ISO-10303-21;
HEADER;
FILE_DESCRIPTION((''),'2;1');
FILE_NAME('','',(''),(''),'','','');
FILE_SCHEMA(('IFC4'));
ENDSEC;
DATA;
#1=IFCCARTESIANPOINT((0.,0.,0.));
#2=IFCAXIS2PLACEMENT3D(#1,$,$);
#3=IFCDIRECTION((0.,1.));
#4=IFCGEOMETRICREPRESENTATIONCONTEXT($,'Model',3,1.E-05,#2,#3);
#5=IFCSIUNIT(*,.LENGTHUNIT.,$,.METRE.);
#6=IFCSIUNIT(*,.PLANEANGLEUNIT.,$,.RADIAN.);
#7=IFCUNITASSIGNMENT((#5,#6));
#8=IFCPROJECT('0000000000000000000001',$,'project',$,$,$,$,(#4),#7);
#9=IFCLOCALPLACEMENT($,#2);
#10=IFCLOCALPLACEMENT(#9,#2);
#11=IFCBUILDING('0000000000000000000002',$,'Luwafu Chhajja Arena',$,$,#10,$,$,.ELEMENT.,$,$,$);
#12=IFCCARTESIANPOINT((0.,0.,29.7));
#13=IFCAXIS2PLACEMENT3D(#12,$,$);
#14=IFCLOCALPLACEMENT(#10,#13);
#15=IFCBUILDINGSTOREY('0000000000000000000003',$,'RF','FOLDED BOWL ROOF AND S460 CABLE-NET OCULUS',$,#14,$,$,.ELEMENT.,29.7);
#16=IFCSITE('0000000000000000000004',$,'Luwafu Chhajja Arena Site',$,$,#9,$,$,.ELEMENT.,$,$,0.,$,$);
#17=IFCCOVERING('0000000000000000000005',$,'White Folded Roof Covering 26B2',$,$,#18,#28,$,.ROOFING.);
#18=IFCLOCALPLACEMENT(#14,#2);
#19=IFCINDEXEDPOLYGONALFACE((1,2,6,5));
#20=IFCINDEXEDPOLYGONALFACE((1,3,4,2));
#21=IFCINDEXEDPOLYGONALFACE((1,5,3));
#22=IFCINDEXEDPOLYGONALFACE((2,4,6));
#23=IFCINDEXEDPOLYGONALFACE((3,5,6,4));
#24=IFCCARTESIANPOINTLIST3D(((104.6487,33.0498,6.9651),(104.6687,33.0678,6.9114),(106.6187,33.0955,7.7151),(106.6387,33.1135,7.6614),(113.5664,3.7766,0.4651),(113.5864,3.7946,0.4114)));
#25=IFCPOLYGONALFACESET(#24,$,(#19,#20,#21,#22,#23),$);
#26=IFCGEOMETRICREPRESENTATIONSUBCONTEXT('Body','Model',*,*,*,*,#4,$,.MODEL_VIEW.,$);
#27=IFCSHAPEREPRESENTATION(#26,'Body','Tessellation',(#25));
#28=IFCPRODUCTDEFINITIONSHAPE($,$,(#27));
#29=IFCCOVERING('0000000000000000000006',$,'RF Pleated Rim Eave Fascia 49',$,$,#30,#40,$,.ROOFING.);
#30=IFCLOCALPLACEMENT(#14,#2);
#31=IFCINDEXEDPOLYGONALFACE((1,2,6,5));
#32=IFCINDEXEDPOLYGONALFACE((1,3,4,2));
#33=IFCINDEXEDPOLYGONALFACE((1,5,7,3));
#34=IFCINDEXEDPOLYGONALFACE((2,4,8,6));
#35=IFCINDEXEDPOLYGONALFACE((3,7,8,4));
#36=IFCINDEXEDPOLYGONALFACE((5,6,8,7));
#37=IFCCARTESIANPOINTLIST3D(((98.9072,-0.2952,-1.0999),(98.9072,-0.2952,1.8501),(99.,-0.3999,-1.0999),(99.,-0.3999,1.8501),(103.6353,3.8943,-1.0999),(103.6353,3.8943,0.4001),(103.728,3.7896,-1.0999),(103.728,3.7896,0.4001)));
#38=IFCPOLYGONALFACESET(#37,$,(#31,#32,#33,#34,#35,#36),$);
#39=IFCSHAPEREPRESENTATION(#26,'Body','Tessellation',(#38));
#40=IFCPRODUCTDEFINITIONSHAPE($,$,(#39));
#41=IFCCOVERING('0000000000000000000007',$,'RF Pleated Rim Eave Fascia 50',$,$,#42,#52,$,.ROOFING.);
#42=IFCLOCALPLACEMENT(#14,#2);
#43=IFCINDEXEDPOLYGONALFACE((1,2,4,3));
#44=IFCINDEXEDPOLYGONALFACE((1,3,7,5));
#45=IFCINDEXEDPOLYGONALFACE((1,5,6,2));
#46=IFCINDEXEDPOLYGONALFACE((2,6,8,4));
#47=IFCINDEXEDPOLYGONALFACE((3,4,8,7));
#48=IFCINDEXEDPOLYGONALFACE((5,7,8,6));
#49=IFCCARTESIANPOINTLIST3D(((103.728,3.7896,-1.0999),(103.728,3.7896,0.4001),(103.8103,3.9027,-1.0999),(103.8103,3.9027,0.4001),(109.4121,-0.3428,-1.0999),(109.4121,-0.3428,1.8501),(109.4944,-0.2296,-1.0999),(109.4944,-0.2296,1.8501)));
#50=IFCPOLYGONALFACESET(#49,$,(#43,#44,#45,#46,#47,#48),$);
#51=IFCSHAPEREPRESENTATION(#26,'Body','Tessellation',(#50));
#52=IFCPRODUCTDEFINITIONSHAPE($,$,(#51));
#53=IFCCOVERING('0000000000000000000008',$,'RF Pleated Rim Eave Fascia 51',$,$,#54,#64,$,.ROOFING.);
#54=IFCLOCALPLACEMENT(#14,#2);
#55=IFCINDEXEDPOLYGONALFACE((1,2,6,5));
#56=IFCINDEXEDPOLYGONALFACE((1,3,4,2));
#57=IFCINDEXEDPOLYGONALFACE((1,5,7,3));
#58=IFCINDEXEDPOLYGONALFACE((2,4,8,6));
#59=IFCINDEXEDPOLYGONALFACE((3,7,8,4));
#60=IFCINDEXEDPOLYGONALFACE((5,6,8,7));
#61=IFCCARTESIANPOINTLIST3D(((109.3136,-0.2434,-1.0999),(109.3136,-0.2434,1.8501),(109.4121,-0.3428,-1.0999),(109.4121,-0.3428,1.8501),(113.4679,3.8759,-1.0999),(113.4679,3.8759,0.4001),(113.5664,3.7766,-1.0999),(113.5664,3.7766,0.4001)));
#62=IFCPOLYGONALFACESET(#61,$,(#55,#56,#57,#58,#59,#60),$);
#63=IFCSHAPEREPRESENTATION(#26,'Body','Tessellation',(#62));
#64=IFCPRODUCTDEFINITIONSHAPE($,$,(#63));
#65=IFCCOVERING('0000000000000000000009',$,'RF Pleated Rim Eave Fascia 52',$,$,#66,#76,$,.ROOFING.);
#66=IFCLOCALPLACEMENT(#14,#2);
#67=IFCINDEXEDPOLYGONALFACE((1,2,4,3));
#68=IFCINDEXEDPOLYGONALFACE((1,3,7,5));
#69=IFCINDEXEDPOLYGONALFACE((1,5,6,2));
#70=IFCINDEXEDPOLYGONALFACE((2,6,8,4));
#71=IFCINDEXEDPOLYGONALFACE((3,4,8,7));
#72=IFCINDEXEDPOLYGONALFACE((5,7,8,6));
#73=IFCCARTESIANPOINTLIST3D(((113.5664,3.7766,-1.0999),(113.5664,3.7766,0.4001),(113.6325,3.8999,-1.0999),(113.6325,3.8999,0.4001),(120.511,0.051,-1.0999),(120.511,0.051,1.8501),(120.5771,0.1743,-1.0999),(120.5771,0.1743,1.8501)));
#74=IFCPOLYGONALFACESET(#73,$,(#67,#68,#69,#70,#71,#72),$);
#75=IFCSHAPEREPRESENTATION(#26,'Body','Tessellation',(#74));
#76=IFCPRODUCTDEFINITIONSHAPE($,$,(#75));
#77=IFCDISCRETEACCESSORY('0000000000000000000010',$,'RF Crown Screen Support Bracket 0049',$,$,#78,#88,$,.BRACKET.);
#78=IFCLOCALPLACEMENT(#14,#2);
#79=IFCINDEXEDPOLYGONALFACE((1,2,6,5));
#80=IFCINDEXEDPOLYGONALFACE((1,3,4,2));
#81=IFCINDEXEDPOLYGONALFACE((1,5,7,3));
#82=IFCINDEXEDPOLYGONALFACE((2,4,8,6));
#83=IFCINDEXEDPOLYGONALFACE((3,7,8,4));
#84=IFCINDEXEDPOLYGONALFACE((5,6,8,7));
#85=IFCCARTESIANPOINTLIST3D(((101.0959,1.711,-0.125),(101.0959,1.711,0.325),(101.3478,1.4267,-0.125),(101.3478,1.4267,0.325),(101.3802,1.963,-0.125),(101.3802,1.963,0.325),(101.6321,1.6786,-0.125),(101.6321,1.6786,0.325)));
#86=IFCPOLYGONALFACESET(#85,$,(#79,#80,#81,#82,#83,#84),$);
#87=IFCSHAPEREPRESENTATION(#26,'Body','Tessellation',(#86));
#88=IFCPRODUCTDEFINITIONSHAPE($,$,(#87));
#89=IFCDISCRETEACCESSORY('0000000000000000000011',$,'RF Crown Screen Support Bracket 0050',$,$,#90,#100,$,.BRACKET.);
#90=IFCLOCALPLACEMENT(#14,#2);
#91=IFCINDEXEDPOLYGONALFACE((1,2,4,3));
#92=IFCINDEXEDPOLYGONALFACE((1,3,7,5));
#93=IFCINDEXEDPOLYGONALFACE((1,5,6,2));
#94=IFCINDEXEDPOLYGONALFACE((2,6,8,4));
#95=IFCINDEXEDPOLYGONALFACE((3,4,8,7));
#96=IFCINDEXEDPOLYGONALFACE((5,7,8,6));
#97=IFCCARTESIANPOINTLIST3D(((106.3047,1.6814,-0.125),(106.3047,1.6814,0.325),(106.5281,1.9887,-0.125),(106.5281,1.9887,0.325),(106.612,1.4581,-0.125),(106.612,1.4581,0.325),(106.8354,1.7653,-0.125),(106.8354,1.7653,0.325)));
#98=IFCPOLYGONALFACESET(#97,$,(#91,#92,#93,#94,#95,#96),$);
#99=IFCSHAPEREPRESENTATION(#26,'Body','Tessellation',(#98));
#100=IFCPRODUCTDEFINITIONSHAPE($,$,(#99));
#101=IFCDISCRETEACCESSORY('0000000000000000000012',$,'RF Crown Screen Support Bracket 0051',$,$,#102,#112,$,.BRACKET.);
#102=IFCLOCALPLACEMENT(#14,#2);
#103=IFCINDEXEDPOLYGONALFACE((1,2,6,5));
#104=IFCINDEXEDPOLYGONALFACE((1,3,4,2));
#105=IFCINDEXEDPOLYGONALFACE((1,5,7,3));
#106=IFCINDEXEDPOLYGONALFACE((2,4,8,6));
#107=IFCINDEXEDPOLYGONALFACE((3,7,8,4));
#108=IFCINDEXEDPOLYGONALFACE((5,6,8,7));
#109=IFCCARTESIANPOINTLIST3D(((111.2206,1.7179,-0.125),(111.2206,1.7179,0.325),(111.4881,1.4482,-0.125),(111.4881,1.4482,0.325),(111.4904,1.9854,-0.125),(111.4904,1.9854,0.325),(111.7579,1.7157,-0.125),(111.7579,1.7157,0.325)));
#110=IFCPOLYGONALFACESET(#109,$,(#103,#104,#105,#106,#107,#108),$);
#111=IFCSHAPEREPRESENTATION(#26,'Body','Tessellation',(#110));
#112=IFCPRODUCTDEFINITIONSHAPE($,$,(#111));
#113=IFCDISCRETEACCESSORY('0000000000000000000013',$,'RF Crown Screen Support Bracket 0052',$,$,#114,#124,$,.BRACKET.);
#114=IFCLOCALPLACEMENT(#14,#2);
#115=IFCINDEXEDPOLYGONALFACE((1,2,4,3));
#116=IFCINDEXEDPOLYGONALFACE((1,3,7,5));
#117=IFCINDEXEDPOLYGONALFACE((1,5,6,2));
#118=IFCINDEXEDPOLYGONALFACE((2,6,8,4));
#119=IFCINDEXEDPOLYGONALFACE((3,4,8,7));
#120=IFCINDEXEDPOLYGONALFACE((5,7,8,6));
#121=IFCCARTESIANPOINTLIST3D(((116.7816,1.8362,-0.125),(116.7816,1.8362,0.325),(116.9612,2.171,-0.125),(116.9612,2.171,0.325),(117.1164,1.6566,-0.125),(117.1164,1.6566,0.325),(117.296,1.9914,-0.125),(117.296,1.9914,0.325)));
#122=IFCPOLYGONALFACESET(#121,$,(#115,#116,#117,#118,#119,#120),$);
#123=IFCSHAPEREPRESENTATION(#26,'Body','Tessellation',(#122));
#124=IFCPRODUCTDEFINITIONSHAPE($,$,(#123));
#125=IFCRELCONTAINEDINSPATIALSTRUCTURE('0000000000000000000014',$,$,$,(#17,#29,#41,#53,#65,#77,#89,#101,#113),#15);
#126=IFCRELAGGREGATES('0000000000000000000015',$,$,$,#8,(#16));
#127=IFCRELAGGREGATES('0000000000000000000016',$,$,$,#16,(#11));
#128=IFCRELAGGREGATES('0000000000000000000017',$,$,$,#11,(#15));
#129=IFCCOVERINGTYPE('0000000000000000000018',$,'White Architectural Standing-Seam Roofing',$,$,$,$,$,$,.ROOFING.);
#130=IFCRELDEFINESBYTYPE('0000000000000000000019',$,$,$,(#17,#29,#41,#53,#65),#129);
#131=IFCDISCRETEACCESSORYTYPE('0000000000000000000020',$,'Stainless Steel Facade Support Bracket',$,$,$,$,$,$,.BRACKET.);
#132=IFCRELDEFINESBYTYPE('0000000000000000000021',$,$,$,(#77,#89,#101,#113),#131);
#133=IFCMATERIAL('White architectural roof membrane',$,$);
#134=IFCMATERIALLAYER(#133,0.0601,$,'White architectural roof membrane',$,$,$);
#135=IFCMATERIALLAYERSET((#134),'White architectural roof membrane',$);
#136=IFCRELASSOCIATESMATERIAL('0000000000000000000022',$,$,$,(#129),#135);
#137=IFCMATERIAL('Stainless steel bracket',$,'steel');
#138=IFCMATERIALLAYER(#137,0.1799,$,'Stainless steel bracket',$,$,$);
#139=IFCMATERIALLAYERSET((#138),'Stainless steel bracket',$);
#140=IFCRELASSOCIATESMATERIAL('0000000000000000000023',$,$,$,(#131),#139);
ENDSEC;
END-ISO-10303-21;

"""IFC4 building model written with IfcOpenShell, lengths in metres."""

from ifc_helpers import new_model, si_unit, direction, frame, origin, origin_2d, place, context, subcontext, project, spatial, polyline, rectangle, outline, extrude, material, layer, layer_set, type_object, element, save


model = new_model("IFC4")

# Units and contexts
model_context = context("Model", 3, precision=1e-05, world=origin(), true_north=direction((0.0, 1.0)))
body_context = subcontext(model_context, "Body", "Model", "MODEL_VIEW")
ifc_project = project(units=[si_unit("LENGTHUNIT", "METRE"), si_unit("PLANEANGLEUNIT", "RADIAN")], contexts=[model_context])

# Site, building, storey
site_placement = place(None, origin())
site = spatial("IfcSite", under=ifc_project, at=site_placement, Name="Luwafu Chhajja Arena Site", CompositionType="ELEMENT", RefElevation=0.0)
building_placement = place(site_placement, origin())
building = spatial("IfcBuilding", under=site, at=building_placement, Name="Luwafu Chhajja Arena", CompositionType="ELEMENT")
storey_placement = place(building_placement, frame((0.0, 0.0, 29.7)))
storey = spatial("IfcBuildingStorey", under=building, at=storey_placement, Name="RF", Description="FOLDED BOWL ROOF AND S460 CABLE-NET OCULUS", CompositionType="ELEMENT", Elevation=29.7)

# Coverings
ifc_material_1 = material(Name="White architectural roof membrane")
ifc_layer_1 = layer(ifc_material_1, 0.0601, Name="White architectural roof membrane")
ifc_layer_set_1 = layer_set([ifc_layer_1], Name="White architectural roof membrane")
covering_type = type_object("IfcCoveringType", Name="White Architectural Standing-Seam Roofing", PredefinedType="ROOFING", material=ifc_layer_set_1)
covering_1_placement = place(storey_placement, frame((113.5664, 3.7766, 0.4651), z_axis=(-0.333332, -0.300011, 0.893802), x_axis=(-0.224188, 0.946051, 0.233941)))
element("IfcCovering", 1, at=covering_1_placement, inside=storey, type_object=covering_type, Name="White Folded Roof Covering 26B2", PredefinedType="ROOFING", context=body_context, shape_type="SweptSolid", body=[
    extrude(outline(polyline([(0.0, 0.0), (30.9908, 0.0), (31.2138, 2.0966), (0.0, 0.0)])), origin(), (0.0, 0.0, -1.0), 0.0601),
])
covering_2_placement = place(storey_placement, frame((99.0, -0.3999, -1.0999), z_axis=(0.663192, -0.748449, 0.0), x_axis=(0.748449, 0.663192, 0.0)))
element("IfcCovering", 2, at=covering_2_placement, inside=storey, type_object=covering_type, Name="RF Pleated Rim Eave Fascia 49", PredefinedType="ROOFING", context=body_context, shape_type="SweptSolid", body=[
    extrude(outline(polyline([(0.0, 0.0), (6.3171, 0.0), (6.3171, 1.5), (0.0, 2.95), (0.0, 0.0)])), origin(), (0.0, 0.0, -1.0), 0.1399),
])
covering_3_placement = place(storey_placement, frame((103.728, 3.7896, -1.0999), z_axis=(-0.588027, -0.808841, 0.0), x_axis=(0.808841, -0.588027, 0.0)))
element("IfcCovering", 3, at=covering_3_placement, inside=storey, type_object=covering_type, Name="RF Pleated Rim Eave Fascia 50", PredefinedType="ROOFING", context=body_context, shape_type="SweptSolid", body=[
    extrude(outline(polyline([(0.0, 0.0), (7.0274, 0.0), (7.0274, 2.95), (0.0, 1.5), (0.0, 0.0)])), origin(), (0.0, 0.0, -1.0), 0.1399),
])
covering_4_placement = place(storey_placement, frame((109.4121, -0.3428, -1.0999), z_axis=(0.704117, -0.710084, 0.0), x_axis=(0.710084, 0.704117, 0.0)))
element("IfcCovering", 4, at=covering_4_placement, inside=storey, type_object=covering_type, Name="RF Pleated Rim Eave Fascia 51", PredefinedType="ROOFING", context=body_context, shape_type="SweptSolid", body=[
    extrude(outline(polyline([(0.0, 0.0), (5.8504, 0.0), (5.8504, 1.5), (0.0, 2.95), (0.0, 0.0)])), origin(), (0.0, 0.0, -1.0), 0.1399),
])
covering_5_placement = place(storey_placement, frame((113.5664, 3.7766, -1.0999), z_axis=(-0.472741, -0.881201, 0.0), x_axis=(0.881201, -0.472741, 0.0)))
element("IfcCovering", 5, at=covering_5_placement, inside=storey, type_object=covering_type, Name="RF Pleated Rim Eave Fascia 52", PredefinedType="ROOFING", context=body_context, shape_type="SweptSolid", body=[
    extrude(outline(polyline([(0.0, 0.0), (7.8808, 0.0), (7.8808, 2.95), (0.0, 1.5), (0.0, 0.0)])), origin(), (0.0, 0.0, -1.0), 0.1399),
])

# Discrete accessories
ifc_material_2 = material(Name="Stainless steel bracket", Category="steel")
ifc_layer_2 = layer(ifc_material_2, 0.1799, Name="Stainless steel bracket")
ifc_layer_set_2 = layer_set([ifc_layer_2], Name="Stainless steel bracket")
discrete_accessory_type = type_object("IfcDiscreteAccessoryType", Name="Stainless Steel Facade Support Bracket", PredefinedType="BRACKET", material=ifc_layer_set_2)
for number, where, z_axis, x_axis, name in (
    (6, (101.364, 1.6948, -0.125), (0.0, 0.0, 1.0), (0.748442, 0.6632, 0.0), "RF Crown Screen Support Bracket 0049"),
    (7, (106.5701, 1.7234, -0.125), (0.0, 0.0, 1.0), (0.808839, -0.58803, 0.0), "RF Crown Screen Support Bracket 0050"),
    (8, (111.4893, 1.7168, -0.125), (0.0, 0.0, 1.0), (0.710109, 0.704092, 0.0), "RF Crown Screen Support Bracket 0051"),
    (9, (117.0388, 1.9138, -0.125), (0.0, 0.0, 1.0), (0.881201, -0.472742, 0.0), "RF Crown Screen Support Bracket 0052"),
):
    element("IfcDiscreteAccessory", number, at=place(storey_placement, frame(where, z_axis=z_axis, x_axis=x_axis)), inside=storey, type_object=discrete_accessory_type, Name=name, PredefinedType="BRACKET", context=body_context, shape_type="SweptSolid", body=[
        extrude(rectangle(XDim=0.3799, YDim=0.3799, at=origin_2d()), origin(), (0.0, 0.0, 1.0), 0.45),
    ])

save(model, "model.ifc")
